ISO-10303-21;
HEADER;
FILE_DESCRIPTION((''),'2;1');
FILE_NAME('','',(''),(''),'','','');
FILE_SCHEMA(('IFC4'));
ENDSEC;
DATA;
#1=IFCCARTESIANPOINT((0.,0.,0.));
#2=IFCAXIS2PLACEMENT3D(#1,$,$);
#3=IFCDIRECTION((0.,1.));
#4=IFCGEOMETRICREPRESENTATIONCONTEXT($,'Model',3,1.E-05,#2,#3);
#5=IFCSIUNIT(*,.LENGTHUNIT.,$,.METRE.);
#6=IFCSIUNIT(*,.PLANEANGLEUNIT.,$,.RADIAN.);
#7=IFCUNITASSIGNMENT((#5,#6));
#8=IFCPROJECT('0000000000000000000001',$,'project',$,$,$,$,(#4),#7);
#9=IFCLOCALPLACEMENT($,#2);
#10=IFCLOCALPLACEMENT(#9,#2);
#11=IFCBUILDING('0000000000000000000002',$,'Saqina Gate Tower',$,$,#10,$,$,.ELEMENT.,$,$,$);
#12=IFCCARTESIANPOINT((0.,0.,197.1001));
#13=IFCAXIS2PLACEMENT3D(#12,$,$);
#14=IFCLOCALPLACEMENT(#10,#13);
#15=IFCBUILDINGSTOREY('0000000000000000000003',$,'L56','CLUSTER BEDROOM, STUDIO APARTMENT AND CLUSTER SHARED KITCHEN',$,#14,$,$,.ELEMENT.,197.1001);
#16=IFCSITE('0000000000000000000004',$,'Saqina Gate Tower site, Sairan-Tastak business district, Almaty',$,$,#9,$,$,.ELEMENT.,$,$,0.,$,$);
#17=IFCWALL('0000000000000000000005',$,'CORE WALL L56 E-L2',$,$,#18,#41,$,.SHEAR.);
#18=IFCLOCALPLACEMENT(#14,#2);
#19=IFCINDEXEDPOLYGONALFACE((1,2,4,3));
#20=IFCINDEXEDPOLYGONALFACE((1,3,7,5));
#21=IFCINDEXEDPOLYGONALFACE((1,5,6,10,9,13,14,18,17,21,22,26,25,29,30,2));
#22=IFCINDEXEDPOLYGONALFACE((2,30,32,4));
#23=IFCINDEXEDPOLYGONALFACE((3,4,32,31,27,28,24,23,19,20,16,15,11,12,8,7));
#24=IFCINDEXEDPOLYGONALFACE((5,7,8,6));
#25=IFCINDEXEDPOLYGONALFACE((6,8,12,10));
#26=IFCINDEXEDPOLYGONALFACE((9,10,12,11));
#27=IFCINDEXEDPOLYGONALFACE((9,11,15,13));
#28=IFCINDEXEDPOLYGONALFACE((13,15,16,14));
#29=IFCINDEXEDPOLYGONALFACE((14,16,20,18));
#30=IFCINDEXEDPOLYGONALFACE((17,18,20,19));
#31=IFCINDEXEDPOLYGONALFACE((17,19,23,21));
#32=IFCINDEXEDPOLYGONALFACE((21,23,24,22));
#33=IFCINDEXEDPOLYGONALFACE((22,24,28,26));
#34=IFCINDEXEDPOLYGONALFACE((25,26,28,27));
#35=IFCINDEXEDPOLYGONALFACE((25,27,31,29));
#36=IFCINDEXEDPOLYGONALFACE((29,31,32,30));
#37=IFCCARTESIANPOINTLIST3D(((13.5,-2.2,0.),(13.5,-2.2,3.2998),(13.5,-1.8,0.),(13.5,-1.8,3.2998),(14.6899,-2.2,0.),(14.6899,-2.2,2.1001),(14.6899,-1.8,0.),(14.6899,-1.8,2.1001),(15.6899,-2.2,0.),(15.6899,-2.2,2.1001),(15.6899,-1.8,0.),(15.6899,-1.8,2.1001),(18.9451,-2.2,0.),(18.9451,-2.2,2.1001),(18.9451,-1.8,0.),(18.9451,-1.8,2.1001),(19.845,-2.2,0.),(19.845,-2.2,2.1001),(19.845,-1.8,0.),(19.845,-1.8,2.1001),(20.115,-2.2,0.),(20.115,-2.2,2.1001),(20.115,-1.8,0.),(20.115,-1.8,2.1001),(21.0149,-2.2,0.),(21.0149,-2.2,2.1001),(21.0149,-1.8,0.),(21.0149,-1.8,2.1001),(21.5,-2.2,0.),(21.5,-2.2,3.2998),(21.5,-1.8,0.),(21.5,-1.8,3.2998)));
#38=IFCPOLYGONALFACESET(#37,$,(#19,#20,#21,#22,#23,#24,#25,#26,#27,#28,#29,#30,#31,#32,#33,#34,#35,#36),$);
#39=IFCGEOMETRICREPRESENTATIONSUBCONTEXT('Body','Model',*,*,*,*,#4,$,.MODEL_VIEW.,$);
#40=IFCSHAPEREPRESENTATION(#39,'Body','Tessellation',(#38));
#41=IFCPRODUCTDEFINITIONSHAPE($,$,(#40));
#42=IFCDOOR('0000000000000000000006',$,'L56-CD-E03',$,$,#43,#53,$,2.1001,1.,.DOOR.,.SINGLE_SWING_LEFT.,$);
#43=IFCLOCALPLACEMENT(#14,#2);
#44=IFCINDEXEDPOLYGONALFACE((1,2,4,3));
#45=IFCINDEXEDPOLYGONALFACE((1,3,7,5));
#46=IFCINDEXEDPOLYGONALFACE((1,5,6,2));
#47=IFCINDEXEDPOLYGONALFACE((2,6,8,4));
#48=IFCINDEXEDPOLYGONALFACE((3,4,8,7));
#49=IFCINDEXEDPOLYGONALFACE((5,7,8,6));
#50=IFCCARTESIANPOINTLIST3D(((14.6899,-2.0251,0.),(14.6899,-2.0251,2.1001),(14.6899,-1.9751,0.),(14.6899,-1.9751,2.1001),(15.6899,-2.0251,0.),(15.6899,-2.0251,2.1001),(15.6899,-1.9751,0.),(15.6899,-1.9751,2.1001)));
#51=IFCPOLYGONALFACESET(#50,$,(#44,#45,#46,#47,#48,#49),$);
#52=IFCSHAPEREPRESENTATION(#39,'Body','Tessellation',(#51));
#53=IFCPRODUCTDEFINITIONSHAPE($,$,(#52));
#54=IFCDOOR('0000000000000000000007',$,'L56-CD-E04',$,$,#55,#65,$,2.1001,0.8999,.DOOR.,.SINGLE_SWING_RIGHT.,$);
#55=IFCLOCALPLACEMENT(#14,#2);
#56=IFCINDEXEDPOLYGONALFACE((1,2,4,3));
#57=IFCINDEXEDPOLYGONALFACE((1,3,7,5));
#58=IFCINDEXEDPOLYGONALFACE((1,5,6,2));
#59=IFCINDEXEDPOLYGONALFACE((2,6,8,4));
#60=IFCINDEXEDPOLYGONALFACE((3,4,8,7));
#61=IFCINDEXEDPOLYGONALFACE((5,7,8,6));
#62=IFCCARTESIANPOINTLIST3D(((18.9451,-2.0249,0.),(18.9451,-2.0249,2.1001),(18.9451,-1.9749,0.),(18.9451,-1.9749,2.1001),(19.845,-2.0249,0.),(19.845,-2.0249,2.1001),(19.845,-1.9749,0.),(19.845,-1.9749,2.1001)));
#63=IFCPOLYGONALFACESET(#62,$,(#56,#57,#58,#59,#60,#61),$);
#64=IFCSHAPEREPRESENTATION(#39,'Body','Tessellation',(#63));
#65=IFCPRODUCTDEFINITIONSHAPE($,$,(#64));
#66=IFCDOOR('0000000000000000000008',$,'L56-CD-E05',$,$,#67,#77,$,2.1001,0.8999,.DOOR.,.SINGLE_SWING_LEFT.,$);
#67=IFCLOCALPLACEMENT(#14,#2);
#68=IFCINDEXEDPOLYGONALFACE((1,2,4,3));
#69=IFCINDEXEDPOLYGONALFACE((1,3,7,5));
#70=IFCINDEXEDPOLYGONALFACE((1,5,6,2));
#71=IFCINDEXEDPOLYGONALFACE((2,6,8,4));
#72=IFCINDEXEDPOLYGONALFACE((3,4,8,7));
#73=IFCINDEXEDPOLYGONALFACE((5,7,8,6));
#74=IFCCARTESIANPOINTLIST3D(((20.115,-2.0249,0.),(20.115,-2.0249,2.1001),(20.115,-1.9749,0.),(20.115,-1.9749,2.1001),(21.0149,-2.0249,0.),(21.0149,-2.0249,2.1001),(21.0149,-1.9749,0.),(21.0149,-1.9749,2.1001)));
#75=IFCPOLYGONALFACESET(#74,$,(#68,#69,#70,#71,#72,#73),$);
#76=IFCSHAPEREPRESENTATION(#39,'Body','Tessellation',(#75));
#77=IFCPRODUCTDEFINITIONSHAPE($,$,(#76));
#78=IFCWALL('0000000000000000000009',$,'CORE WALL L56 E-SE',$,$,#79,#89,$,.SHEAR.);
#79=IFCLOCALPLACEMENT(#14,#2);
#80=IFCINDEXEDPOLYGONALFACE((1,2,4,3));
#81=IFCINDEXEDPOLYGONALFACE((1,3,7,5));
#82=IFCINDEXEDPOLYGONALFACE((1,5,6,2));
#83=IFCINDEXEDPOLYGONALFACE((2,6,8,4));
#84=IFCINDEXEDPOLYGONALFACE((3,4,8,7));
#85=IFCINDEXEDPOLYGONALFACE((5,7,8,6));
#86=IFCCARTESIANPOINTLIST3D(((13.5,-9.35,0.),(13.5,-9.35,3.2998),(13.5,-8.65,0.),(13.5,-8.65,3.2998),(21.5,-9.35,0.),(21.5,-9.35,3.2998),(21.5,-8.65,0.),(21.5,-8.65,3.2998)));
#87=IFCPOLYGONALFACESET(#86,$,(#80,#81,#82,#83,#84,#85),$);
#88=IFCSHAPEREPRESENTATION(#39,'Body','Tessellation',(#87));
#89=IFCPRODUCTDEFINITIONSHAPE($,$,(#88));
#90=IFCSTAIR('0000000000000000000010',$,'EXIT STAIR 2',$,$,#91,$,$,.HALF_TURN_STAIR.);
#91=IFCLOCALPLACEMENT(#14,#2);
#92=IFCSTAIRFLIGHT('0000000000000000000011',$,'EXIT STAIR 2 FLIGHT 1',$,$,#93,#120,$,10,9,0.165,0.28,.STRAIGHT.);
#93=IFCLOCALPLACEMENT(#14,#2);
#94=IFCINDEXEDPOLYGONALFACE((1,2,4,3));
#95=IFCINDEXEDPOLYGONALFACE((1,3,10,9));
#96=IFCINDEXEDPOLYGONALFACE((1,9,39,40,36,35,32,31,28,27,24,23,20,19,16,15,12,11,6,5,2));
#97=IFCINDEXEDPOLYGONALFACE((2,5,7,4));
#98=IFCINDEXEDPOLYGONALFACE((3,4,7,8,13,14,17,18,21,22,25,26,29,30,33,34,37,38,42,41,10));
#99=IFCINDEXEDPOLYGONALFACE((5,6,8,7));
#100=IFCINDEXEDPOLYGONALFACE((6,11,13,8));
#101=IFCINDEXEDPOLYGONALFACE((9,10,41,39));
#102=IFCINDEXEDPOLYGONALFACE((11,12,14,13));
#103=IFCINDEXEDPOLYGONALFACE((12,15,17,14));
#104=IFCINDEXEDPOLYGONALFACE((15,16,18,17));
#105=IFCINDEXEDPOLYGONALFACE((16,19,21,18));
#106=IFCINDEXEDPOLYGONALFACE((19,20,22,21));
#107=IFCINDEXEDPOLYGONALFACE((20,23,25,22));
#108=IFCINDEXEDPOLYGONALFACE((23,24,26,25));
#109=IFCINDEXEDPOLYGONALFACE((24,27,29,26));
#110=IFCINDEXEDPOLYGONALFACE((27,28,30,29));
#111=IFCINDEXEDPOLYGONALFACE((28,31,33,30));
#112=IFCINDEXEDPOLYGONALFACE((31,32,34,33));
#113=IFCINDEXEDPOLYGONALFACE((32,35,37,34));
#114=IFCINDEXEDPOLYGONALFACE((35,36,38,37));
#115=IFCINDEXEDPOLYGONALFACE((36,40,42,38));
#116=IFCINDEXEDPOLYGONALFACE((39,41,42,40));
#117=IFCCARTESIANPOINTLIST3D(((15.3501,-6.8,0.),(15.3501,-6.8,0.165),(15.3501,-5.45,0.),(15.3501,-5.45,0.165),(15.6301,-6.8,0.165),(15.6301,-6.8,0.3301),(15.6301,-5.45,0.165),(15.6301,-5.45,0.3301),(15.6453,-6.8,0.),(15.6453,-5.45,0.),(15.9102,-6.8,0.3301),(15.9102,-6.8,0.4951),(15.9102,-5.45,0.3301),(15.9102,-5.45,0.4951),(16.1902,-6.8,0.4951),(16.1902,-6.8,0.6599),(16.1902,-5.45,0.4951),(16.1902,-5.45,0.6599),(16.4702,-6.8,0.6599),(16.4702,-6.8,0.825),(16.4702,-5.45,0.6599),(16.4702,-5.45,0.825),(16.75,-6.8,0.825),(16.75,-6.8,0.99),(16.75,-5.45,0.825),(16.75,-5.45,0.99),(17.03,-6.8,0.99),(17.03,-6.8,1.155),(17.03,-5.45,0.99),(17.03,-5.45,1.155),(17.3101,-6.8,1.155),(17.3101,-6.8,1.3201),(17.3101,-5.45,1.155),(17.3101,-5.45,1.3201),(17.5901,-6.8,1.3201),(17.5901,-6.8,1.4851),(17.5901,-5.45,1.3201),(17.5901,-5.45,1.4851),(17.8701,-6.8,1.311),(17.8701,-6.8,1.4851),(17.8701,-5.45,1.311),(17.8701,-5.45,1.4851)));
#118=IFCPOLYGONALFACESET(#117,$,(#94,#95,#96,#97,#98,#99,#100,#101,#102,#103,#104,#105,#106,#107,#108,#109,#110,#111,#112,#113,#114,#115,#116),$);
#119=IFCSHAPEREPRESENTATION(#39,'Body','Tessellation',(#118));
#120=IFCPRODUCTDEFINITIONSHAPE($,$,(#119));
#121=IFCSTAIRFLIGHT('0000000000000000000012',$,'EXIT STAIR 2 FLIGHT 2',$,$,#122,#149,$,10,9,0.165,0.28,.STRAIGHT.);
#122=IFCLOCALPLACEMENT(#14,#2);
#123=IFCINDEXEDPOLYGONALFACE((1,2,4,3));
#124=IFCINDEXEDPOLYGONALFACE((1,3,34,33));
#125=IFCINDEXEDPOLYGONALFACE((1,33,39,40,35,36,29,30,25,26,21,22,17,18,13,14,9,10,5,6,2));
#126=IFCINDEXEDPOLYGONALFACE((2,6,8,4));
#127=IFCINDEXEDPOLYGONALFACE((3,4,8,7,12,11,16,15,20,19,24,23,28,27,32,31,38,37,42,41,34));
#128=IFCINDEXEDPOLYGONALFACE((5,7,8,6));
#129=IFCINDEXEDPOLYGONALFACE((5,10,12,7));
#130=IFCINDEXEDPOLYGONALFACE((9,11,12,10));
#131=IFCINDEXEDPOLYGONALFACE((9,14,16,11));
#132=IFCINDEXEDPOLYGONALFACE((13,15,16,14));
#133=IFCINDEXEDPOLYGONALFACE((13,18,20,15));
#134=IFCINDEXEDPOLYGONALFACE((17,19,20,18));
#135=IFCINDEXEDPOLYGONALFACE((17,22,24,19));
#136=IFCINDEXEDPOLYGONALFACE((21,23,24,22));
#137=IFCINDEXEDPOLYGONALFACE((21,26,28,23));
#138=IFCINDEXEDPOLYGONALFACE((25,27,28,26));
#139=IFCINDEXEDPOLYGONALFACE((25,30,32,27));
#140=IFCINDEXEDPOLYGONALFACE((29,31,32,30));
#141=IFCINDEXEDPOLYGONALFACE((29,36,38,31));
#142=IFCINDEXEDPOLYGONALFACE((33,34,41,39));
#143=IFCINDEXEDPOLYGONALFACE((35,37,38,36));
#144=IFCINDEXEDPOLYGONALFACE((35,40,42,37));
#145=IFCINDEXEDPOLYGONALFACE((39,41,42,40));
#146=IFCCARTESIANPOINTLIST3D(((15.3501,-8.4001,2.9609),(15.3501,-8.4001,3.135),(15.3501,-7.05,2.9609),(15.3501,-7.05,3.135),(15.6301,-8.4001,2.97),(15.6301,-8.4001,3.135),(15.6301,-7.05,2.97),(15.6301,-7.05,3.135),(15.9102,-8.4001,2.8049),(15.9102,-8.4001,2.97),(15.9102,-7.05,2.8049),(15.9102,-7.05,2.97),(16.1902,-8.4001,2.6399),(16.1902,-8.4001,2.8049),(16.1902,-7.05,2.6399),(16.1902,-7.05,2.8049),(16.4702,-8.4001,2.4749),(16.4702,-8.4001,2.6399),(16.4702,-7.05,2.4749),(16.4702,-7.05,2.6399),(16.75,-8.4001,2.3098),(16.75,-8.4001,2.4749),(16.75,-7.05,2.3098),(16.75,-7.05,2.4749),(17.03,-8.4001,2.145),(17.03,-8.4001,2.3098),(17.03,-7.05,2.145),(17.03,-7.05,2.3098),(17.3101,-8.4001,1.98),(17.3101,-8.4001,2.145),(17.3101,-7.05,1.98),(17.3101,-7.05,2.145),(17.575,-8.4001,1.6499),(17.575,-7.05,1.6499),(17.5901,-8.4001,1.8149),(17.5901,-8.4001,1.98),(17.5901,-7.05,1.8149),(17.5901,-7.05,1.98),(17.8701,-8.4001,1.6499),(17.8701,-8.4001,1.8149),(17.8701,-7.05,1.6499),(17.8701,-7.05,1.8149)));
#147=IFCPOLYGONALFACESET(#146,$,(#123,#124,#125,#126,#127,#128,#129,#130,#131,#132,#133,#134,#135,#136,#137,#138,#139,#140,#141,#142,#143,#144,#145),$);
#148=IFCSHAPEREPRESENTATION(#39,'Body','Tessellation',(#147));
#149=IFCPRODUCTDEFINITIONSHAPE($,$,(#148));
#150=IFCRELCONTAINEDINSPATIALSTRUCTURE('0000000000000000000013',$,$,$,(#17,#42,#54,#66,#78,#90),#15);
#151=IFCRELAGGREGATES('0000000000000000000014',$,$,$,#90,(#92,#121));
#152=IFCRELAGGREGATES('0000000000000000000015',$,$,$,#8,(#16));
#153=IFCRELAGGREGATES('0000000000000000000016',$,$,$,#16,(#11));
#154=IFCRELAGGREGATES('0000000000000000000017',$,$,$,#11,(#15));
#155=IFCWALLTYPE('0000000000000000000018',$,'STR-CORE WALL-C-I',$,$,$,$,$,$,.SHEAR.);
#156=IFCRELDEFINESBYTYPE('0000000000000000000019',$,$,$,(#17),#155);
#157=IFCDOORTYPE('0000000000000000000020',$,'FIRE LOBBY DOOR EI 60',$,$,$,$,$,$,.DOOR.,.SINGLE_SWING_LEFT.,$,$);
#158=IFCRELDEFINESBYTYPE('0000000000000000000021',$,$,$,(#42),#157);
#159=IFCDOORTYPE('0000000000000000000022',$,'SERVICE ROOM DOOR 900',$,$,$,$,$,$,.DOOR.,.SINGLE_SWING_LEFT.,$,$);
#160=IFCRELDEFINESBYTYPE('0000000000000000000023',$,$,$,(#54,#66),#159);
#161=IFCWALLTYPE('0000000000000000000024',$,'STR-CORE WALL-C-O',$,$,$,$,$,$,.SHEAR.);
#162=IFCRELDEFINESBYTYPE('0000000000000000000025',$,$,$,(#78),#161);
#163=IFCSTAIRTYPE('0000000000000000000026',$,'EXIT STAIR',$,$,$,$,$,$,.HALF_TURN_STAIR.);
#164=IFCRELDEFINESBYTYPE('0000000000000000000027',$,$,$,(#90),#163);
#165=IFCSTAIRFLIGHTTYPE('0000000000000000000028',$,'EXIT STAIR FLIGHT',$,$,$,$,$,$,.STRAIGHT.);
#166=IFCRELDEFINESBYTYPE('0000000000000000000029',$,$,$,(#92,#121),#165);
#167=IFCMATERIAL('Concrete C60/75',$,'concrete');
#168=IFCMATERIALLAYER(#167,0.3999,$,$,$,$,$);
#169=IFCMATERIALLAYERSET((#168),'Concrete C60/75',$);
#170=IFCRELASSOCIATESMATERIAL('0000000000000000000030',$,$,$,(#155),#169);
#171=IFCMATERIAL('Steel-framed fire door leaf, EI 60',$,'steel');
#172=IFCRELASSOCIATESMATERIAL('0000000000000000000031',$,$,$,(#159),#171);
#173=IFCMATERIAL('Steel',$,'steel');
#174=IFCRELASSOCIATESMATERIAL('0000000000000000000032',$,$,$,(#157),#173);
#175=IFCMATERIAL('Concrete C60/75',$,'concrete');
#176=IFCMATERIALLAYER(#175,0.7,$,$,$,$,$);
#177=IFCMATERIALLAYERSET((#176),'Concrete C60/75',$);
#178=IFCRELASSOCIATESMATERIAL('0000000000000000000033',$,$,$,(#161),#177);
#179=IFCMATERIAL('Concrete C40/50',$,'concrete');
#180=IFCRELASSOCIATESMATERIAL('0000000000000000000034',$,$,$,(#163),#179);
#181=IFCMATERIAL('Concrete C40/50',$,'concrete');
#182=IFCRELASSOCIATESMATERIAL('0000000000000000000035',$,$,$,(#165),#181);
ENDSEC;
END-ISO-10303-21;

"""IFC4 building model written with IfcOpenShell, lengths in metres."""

from ifc_helpers import new_model, si_unit, direction, frame, frame_2d, origin, place, context, subcontext, project, spatial, polyline, rectangle, outline, extrude, material, layer, layer_set, type_object, element, fill, aggregate, save


model = new_model("IFC4")

# Units and contexts
model_context = context("Model", 3, precision=1e-05, world=origin(), true_north=direction((0.0, 1.0)))
body_context = subcontext(model_context, "Body", "Model", "MODEL_VIEW")
ifc_project = project(units=[si_unit("LENGTHUNIT", "METRE"), si_unit("PLANEANGLEUNIT", "RADIAN")], contexts=[model_context])

# Site, building, storey
site_placement = place(None, origin())
site = spatial("IfcSite", under=ifc_project, at=site_placement, Name="Saqina Gate Tower site, Sairan-Tastak business district, Almaty", CompositionType="ELEMENT", RefElevation=0.0)
building_placement = place(site_placement, origin())
building = spatial("IfcBuilding", under=site, at=building_placement, Name="Saqina Gate Tower", CompositionType="ELEMENT")
storey_placement = place(building_placement, frame((0.0, 0.0, 197.1001)))
storey = spatial("IfcBuildingStorey", under=building, at=storey_placement, Name="L56", Description="CLUSTER BEDROOM, STUDIO APARTMENT AND CLUSTER SHARED KITCHEN", CompositionType="ELEMENT", Elevation=197.1001)

# Wall, openings, doors
ifc_material_1 = material(Name="Concrete C60/75", Category="concrete")
ifc_layer_1 = layer(ifc_material_1, 0.3999)
ifc_layer_set_1 = layer_set([ifc_layer_1], Name="Concrete C60/75")
wall_type_1 = type_object("IfcWallType", Name="STR-CORE WALL-C-I", PredefinedType="SHEAR", material=ifc_layer_set_1)
ifc_material_2 = material(Name="Steel-framed fire door leaf, EI 60", Category="steel")
door_type_1 = type_object("IfcDoorType", Name="SERVICE ROOM DOOR 900", OperationType="SINGLE_SWING_LEFT", PredefinedType="DOOR", material=ifc_material_2)
wall_1_placement = place(storey_placement, frame((13.5, -2.0, 0.0), z_axis=(0.0, 0.0, 1.0), x_axis=(1.0, 0.0, 0.0)))
wall_1 = element("IfcWall", 1, at=wall_1_placement, inside=storey, type_object=wall_type_1, Name="CORE WALL L56 E-L2", PredefinedType="SHEAR", context=body_context, shape_type="SweptSolid", body=[
    extrude(rectangle(XDim=8.0, YDim=0.3999, at=frame_2d((4.0, 0.0))), origin(), (0.0, 0.0, 1.0), 3.2998),
])
opening_1_placement = place(wall_1_placement, frame((1.1899, 0.0, 0.0)))
opening_1 = element("IfcOpeningElement", 2, at=opening_1_placement, cuts=wall_1, PredefinedType="OPENING", context=body_context, shape_type="SweptSolid", body=[
    extrude(rectangle(XDim=1.0, YDim=2.1001, at=frame_2d((0.5, 1.05))), frame((0.0, 0.2119, 0.0), z_axis=(0.0, -1.0, 0.0), x_axis=(1.0, 0.0, 0.0)), (0.0, 0.0, 1.0), 0.4238),
])
opening_2_placement = place(wall_1_placement, frame((5.4451, 0.0, 0.0)))
opening_2 = element("IfcOpeningElement", 3, at=opening_2_placement, cuts=wall_1, PredefinedType="OPENING", context=body_context, shape_type="SweptSolid", body=[
    extrude(rectangle(XDim=0.8999, YDim=2.1001, at=frame_2d((0.45, 1.05))), frame((0.0, 0.2119, 0.0), z_axis=(0.0, -1.0, 0.0), x_axis=(1.0, 0.0, 0.0)), (0.0, 0.0, 1.0), 0.4238),
])
opening_3_placement = place(wall_1_placement, frame((6.615, 0.0, 0.0)))
opening_3 = element("IfcOpeningElement", 4, at=opening_3_placement, cuts=wall_1, PredefinedType="OPENING", context=body_context, shape_type="SweptSolid", body=[
    extrude(rectangle(XDim=0.8999, YDim=2.1001, at=frame_2d((0.45, 1.05))), frame((0.0, 0.2119, 0.0), z_axis=(0.0, -1.0, 0.0), x_axis=(1.0, 0.0, 0.0)), (0.0, 0.0, 1.0), 0.4238),
])
ifc_material_3 = material(Name="Steel", Category="steel")
door_type_2 = type_object("IfcDoorType", Name="FIRE LOBBY DOOR EI 60", OperationType="SINGLE_SWING_LEFT", PredefinedType="DOOR", material=ifc_material_3)
door_1_placement = place(opening_1_placement, origin())
door_1 = element("IfcDoor", 5, at=door_1_placement, inside=storey, type_object=door_type_2, Name="L56-CD-E03", OperationType="SINGLE_SWING_LEFT", OverallHeight=2.1001, OverallWidth=1.0, PredefinedType="DOOR", context=body_context, shape_type="SweptSolid", body=[
    extrude(rectangle(XDim=1.0, YDim=2.1001, at=frame_2d((0.5, 1.05))), frame((0.0, 0.0249, 0.0), z_axis=(0.0, -1.0, 0.0), x_axis=(1.0, 0.0, 0.0)), (0.0, 0.0, 1.0), 0.05),
])
fill(opening_1, door_1)
door_2_placement = place(opening_2_placement, frame((0.8999, 0.0, 0.0), z_axis=(0.0, 0.0, 1.0), x_axis=(-1.0, 0.0, 0.0)))
door_2 = element("IfcDoor", 6, at=door_2_placement, inside=storey, type_object=door_type_1, Name="L56-CD-E04", OperationType="SINGLE_SWING_RIGHT", OverallHeight=2.1001, OverallWidth=0.8999, PredefinedType="DOOR", context=body_context, shape_type="SweptSolid", body=[
    extrude(rectangle(XDim=0.8999, YDim=2.1001, at=frame_2d((0.45, 1.05))), frame((0.0, 0.0249, 0.0), z_axis=(0.0, -1.0, 0.0), x_axis=(1.0, 0.0, 0.0)), (0.0, 0.0, 1.0), 0.05),
])
fill(opening_2, door_2)
door_3_placement = place(opening_3_placement, frame((0.8999, 0.0, 0.0), z_axis=(0.0, 0.0, 1.0), x_axis=(-1.0, 0.0, 0.0)))
door_3 = element("IfcDoor", 7, at=door_3_placement, inside=storey, type_object=door_type_1, Name="L56-CD-E05", OperationType="SINGLE_SWING_LEFT", OverallHeight=2.1001, OverallWidth=0.8999, PredefinedType="DOOR", context=body_context, shape_type="SweptSolid", body=[
    extrude(rectangle(XDim=0.8999, YDim=2.1001, at=frame_2d((0.45, 1.05))), frame((0.0, 0.0249, 0.0), z_axis=(0.0, -1.0, 0.0), x_axis=(1.0, 0.0, 0.0)), (0.0, 0.0, 1.0), 0.05),
])
fill(opening_3, door_3)
ifc_material_4 = material(Name="Concrete C60/75", Category="concrete")
ifc_layer_2 = layer(ifc_material_4, 0.7)
ifc_layer_set_2 = layer_set([ifc_layer_2], Name="Concrete C60/75")
wall_type_2 = type_object("IfcWallType", Name="STR-CORE WALL-C-O", PredefinedType="SHEAR", material=ifc_layer_set_2)

# Wall
wall_2_placement = place(storey_placement, frame((13.5, -9.0, 0.0), z_axis=(0.0, 0.0, 1.0), x_axis=(1.0, 0.0, 0.0)))
element("IfcWall", 8, at=wall_2_placement, inside=storey, type_object=wall_type_2, Name="CORE WALL L56 E-SE", PredefinedType="SHEAR", context=body_context, shape_type="SweptSolid", body=[
    extrude(rectangle(XDim=8.0, YDim=0.7, at=frame_2d((4.0, 0.0))), origin(), (0.0, 0.0, 1.0), 3.2998),
])

# Stair, stair flights
ifc_material_5 = material(Name="Concrete C40/50", Category="concrete")
stair_type = type_object("IfcStairType", Name="EXIT STAIR", PredefinedType="HALF_TURN_STAIR", material=ifc_material_5)
stair_placement = place(storey_placement, origin())
stair = element("IfcStair", 9, at=stair_placement, inside=storey, type_object=stair_type, Name="EXIT STAIR 2", PredefinedType="HALF_TURN_STAIR")
ifc_material_6 = material(Name="Concrete C40/50", Category="concrete")
stair_flight_type = type_object("IfcStairFlightType", Name="EXIT STAIR FLIGHT", PredefinedType="STRAIGHT", material=ifc_material_6)
stair_flight_1_placement = place(storey_placement, frame((15.3501, -6.125, 0.0), z_axis=(0.0, 0.0, 1.0), x_axis=(1.0, 0.0, 0.0)))
stair_flight_1 = element("IfcStairFlight", 10, at=stair_flight_1_placement, type_object=stair_flight_type, Name="EXIT STAIR 2 FLIGHT 1", NumberOfRisers=10, NumberOfTreads=9, PredefinedType="STRAIGHT", RiserHeight=0.165, TreadLength=0.28, context=body_context, shape_type="SweptSolid", body=[
    extrude(outline(polyline([(0.0, 0.0), (0.0, 0.165), (0.28, 0.165), (0.28, 0.3301), (0.5601, 0.3301), (0.5601, 0.4951), (0.8401, 0.4951), (0.8401, 0.6599), (1.1201, 0.6599), (1.1201, 0.825), (1.3999, 0.825), (1.3999, 0.99), (1.6799, 0.99), (1.6799, 1.155), (1.96, 1.155), (1.96, 1.3201), (2.24, 1.3201), (2.24, 1.4851), (2.52, 1.4851), (2.52, 1.6499), (2.52, 1.311), (0.2952, 0.0), (0.0, 0.0)])), frame((0.0, 0.675, 0.0), z_axis=(0.0, -1.0, 0.0), x_axis=(1.0, 0.0, 0.0)), (0.0, 0.0, 1.0), 1.3501),
])
stair_flight_2_placement = place(storey_placement, frame((17.8701, -7.7251, 1.6499), z_axis=(0.0, 0.0, 1.0), x_axis=(-1.0, 0.0, 0.0)))
stair_flight_2 = element("IfcStairFlight", 11, at=stair_flight_2_placement, type_object=stair_flight_type, Name="EXIT STAIR 2 FLIGHT 2", NumberOfRisers=10, NumberOfTreads=9, PredefinedType="STRAIGHT", RiserHeight=0.165, TreadLength=0.28, context=body_context, shape_type="SweptSolid", body=[
    extrude(outline(polyline([(0.0, 0.0), (0.0, 0.165), (0.28, 0.165), (0.28, 0.3301), (0.5601, 0.3301), (0.5601, 0.4951), (0.8401, 0.4951), (0.8401, 0.6599), (1.1201, 0.6599), (1.1201, 0.825), (1.3999, 0.825), (1.3999, 0.99), (1.6799, 0.99), (1.6799, 1.155), (1.96, 1.155), (1.96, 1.3201), (2.24, 1.3201), (2.24, 1.4851), (2.52, 1.4851), (2.52, 1.6499), (2.52, 1.311), (0.2952, 0.0), (0.0, 0.0)])), frame((0.0, 0.675, 0.0), z_axis=(0.0, -1.0, 0.0), x_axis=(1.0, 0.0, 0.0)), (0.0, 0.0, 1.0), 1.3501),
])
aggregate(stair, [stair_flight_1, stair_flight_2])

save(model, "model.ifc")
